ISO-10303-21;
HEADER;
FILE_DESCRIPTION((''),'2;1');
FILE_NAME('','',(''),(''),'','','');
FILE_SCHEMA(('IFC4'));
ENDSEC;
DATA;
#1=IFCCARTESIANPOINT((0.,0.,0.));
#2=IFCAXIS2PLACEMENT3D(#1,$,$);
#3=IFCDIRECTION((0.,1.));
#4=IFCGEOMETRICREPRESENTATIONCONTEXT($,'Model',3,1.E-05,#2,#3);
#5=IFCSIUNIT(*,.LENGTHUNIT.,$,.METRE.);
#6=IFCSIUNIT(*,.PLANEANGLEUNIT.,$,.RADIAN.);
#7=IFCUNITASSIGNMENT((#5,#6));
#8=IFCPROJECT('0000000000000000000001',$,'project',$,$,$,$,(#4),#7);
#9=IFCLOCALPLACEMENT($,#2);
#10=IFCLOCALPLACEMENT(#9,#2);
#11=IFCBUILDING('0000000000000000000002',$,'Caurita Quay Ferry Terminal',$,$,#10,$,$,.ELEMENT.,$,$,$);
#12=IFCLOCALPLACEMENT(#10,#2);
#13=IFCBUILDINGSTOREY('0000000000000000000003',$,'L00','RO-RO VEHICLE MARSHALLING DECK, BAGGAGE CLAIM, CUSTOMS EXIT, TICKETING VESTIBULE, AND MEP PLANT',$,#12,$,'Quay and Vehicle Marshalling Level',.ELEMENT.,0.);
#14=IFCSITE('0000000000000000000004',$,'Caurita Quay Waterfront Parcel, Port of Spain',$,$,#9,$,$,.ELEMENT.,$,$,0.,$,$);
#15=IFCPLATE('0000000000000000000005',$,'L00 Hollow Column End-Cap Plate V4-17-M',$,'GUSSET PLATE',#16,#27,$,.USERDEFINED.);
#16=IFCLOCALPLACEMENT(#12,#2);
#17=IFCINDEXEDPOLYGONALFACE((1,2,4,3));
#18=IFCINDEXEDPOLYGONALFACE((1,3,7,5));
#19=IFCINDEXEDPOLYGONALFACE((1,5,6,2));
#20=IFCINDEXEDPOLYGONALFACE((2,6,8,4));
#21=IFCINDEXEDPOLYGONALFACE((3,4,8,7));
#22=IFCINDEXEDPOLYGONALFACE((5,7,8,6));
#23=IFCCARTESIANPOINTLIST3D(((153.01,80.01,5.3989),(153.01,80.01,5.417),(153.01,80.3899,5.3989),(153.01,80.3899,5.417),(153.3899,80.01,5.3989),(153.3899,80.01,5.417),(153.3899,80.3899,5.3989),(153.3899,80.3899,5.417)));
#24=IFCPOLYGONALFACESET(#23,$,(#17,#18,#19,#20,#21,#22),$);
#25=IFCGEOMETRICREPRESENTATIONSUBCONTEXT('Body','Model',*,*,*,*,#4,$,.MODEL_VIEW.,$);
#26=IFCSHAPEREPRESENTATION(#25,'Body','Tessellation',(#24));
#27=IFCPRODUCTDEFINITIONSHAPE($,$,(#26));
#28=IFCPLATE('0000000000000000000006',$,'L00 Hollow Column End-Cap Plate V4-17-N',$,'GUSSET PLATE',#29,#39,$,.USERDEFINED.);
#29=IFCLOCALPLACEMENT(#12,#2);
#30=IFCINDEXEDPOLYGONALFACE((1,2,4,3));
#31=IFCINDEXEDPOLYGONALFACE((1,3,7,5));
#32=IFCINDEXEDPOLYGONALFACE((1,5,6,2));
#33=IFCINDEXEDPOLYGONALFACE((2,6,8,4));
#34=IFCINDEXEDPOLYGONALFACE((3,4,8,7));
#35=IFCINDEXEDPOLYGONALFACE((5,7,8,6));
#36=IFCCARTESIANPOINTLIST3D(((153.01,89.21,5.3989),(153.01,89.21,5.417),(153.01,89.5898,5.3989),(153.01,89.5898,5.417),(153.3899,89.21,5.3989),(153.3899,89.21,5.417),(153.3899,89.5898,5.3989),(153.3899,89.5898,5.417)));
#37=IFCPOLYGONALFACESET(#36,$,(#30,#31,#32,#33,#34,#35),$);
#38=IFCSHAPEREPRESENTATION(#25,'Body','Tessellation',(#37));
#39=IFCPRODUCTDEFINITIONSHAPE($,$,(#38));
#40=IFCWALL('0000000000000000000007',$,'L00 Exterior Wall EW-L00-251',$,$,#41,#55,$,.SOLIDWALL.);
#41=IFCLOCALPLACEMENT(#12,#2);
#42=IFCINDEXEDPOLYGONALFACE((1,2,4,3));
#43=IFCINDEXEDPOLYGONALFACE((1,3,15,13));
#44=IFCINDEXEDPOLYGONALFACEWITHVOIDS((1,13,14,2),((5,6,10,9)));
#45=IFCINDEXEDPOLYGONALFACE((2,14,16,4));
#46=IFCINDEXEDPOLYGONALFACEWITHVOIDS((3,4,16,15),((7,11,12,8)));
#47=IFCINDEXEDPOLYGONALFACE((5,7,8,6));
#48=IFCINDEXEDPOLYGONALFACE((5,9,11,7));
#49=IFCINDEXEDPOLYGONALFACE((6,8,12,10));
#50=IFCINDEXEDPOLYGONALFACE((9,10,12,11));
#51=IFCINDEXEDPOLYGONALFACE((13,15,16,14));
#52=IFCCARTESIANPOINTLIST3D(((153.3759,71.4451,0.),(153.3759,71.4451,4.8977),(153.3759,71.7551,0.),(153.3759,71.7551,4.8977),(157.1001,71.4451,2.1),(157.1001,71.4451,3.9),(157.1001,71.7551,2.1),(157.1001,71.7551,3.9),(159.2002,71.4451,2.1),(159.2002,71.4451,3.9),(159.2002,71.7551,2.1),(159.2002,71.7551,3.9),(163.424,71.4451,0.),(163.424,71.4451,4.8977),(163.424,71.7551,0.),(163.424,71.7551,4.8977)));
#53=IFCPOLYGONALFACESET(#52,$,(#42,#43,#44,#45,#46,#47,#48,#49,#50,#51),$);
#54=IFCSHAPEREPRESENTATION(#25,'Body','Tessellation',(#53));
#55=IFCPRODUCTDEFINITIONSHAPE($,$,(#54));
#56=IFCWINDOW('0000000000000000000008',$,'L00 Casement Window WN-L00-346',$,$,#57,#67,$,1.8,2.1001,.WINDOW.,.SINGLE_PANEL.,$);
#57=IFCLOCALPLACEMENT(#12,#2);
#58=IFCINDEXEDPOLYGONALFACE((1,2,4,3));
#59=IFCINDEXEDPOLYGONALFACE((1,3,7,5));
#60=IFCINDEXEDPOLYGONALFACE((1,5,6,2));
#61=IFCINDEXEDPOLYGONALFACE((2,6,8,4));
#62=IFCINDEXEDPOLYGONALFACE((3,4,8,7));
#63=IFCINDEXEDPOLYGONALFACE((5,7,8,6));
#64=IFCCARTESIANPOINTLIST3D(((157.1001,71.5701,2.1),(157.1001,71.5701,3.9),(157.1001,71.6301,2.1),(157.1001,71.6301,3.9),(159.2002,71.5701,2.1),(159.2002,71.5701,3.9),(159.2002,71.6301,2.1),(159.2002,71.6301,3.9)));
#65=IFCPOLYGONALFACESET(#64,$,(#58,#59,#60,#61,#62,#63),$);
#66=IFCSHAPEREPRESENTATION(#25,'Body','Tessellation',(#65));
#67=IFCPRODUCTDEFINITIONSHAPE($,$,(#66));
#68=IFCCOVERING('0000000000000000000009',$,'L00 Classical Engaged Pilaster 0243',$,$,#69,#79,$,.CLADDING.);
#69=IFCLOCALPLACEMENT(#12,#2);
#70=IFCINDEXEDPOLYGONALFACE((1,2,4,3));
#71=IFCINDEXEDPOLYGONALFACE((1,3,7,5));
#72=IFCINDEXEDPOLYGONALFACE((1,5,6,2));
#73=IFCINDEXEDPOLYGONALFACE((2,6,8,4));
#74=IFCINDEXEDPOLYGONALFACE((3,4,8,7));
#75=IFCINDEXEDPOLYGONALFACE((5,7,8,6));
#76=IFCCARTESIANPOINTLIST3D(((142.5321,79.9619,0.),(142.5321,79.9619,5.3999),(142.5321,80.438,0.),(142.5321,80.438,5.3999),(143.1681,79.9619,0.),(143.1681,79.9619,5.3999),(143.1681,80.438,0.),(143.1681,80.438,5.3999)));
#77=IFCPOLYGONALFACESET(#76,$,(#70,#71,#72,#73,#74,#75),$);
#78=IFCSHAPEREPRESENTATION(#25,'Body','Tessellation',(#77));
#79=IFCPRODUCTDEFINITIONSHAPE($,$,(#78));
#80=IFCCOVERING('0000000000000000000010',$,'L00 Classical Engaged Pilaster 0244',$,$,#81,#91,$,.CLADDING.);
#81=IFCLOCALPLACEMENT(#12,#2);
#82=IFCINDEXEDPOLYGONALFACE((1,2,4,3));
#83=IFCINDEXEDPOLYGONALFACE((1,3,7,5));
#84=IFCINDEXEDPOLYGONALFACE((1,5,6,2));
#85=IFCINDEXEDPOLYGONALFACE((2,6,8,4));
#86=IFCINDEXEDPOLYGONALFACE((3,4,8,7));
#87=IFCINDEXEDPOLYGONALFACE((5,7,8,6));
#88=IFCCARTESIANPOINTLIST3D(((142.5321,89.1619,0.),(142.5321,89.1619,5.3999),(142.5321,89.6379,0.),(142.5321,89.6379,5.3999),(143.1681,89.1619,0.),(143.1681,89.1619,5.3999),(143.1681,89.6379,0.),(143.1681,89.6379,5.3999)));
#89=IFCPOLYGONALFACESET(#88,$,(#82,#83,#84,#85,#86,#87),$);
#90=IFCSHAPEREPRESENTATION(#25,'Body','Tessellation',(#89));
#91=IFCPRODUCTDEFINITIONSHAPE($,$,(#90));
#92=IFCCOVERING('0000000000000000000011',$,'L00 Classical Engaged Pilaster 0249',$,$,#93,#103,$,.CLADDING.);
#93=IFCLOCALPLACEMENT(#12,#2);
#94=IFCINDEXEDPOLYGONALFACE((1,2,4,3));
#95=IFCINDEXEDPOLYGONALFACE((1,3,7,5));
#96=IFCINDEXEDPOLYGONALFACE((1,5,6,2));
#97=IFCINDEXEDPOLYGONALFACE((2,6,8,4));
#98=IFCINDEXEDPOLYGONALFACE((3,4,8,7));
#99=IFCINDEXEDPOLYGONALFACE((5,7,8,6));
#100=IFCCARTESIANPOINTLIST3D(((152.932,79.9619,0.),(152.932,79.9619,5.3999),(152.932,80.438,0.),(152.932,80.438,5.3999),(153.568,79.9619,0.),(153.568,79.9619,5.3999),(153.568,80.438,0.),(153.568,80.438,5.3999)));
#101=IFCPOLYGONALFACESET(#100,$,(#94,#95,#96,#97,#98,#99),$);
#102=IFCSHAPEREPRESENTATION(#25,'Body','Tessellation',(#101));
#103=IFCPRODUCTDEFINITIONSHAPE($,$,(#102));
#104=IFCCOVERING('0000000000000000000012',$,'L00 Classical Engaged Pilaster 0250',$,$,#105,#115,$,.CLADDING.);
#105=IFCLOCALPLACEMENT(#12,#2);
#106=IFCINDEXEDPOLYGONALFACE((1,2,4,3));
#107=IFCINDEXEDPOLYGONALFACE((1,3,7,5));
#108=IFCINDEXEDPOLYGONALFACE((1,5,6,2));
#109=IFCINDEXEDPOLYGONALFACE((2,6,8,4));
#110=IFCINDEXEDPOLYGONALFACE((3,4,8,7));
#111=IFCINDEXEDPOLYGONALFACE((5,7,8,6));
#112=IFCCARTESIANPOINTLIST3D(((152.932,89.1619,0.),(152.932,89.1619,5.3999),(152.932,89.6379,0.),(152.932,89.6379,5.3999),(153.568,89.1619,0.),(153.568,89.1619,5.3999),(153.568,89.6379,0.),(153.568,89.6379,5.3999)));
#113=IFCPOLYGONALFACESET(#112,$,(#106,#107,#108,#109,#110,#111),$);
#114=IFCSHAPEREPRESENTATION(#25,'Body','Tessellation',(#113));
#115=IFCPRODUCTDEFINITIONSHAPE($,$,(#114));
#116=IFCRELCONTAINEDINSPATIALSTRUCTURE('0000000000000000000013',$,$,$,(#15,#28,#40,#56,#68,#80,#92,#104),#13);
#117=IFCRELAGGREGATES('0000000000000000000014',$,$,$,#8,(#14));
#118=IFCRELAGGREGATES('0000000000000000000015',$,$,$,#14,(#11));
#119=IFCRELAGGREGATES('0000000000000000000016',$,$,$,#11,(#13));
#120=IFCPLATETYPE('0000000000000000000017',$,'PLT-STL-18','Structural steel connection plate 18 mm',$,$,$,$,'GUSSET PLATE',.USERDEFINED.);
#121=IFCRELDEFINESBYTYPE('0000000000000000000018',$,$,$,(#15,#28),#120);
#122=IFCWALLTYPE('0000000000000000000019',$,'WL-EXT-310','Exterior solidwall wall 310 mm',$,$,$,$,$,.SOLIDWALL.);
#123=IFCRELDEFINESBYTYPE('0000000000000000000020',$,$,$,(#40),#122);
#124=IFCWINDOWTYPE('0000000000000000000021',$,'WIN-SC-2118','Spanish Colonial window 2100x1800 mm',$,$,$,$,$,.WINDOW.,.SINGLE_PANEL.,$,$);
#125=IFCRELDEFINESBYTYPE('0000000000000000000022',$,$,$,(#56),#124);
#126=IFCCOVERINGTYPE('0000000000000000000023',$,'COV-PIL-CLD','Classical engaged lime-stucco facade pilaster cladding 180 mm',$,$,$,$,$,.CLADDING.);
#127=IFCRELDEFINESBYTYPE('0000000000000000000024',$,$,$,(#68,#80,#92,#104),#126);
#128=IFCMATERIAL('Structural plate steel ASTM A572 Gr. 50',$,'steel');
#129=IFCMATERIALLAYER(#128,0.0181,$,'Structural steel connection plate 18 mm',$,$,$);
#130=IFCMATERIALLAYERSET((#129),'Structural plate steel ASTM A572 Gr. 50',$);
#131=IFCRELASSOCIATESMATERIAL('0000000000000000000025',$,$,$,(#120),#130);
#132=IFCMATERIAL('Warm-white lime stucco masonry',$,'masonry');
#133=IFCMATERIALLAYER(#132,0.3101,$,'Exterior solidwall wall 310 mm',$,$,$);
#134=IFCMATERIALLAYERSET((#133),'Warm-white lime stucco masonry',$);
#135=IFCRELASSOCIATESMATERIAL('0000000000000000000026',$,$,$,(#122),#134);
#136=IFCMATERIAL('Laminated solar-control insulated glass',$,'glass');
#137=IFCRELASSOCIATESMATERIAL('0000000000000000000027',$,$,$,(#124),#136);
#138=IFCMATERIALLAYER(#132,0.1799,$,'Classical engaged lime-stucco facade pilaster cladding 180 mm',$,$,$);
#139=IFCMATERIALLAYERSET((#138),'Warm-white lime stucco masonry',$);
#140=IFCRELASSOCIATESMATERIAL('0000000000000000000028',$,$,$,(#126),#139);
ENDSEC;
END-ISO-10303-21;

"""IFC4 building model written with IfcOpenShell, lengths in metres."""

from ifc_helpers import new_model, si_unit, direction, frame, frame_2d, origin, origin_2d, place, context, subcontext, project, spatial, rectangle, extrude, material, layer, layer_set, type_object, element, fill, save


model = new_model("IFC4")

# Units and contexts
model_context = context("Model", 3, precision=1e-05, world=origin(), true_north=direction((0.0, 1.0)))
body_context = subcontext(model_context, "Body", "Model", "MODEL_VIEW")
ifc_project = project(units=[si_unit("LENGTHUNIT", "METRE"), si_unit("PLANEANGLEUNIT", "RADIAN")], contexts=[model_context])

# Site, building, storey
site_placement = place(None, origin())
site = spatial("IfcSite", under=ifc_project, at=site_placement, Name="Caurita Quay Waterfront Parcel, Port of Spain", CompositionType="ELEMENT", RefElevation=0.0)
building_placement = place(site_placement, origin())
building = spatial("IfcBuilding", under=site, at=building_placement, Name="Caurita Quay Ferry Terminal", CompositionType="ELEMENT")
storey_placement = place(building_placement, origin())
storey = spatial("IfcBuildingStorey", under=building, at=storey_placement, Name="L00", Description="RO-RO VEHICLE MARSHALLING DECK, BAGGAGE CLAIM, CUSTOMS EXIT, TICKETING VESTIBULE, AND MEP PLANT", LongName="Quay and Vehicle Marshalling Level", CompositionType="ELEMENT", Elevation=0.0)

# Plates
ifc_material_1 = material(Name="Structural plate steel ASTM A572 Gr. 50", Category="steel")
ifc_layer_1 = layer(ifc_material_1, 0.0181, Name="Structural steel connection plate 18 mm")
ifc_layer_set_1 = layer_set([ifc_layer_1], Name="Structural plate steel ASTM A572 Gr. 50")
plate_type = type_object("IfcPlateType", Name="PLT-STL-18", Description="Structural steel connection plate 18 mm", ElementType="GUSSET PLATE", PredefinedType="USERDEFINED", material=ifc_layer_set_1)
for number, where, z_axis, x_axis, name in (
    (1, (153.2, 80.2, 5.3989), (0.0, 0.0, 1.0), (1.0, 0.0, 0.0), "L00 Hollow Column End-Cap Plate V4-17-M"),
    (2, (153.2, 89.3999, 5.3989), (0.0, 0.0, 1.0), (1.0, 0.0, 0.0), "L00 Hollow Column End-Cap Plate V4-17-N"),
):
    element("IfcPlate", number, at=place(storey_placement, frame(where, z_axis=z_axis, x_axis=x_axis)), inside=storey, type_object=plate_type, Name=name, ObjectType="GUSSET PLATE", PredefinedType="USERDEFINED", context=body_context, shape_type="SweptSolid", body=[
        extrude(rectangle(XDim=0.3799, YDim=0.3799, at=origin_2d()), origin(), (0.0, 0.0, 1.0), 0.0181),
    ])

# Wall, opening, window
ifc_material_2 = material(Name="Warm-white lime stucco masonry", Category="masonry")
ifc_layer_2 = layer(ifc_material_2, 0.3101, Name="Exterior solidwall wall 310 mm")
ifc_layer_set_2 = layer_set([ifc_layer_2], Name="Warm-white lime stucco masonry")
wall_type = type_object("IfcWallType", Name="WL-EXT-310", Description="Exterior solidwall wall 310 mm", PredefinedType="SOLIDWALL", material=ifc_layer_set_2)
wall_placement = place(storey_placement, frame((153.376, 71.6001, 0.0), z_axis=(0.0, 0.0, 1.0), x_axis=(1.0, 0.0, 0.0)))
wall = element("IfcWall", 3, at=wall_placement, inside=storey, type_object=wall_type, Name="L00 Exterior Wall EW-L00-251", PredefinedType="SOLIDWALL", context=body_context, shape_type="SweptSolid", body=[
    extrude(rectangle(XDim=10.0481, YDim=0.3101, at=frame_2d((5.0239, 0.0))), origin(), (0.0, 0.0, 1.0), 4.8977),
])
opening_placement = place(wall_placement, frame((3.7241, 0.0, 2.1001)))
opening = element("IfcOpeningElement", 4, at=opening_placement, cuts=wall, PredefinedType="OPENING", context=body_context, shape_type="SweptSolid", body=[
    extrude(rectangle(XDim=2.1001, YDim=1.8, at=frame_2d((1.05, 0.8999))), frame((0.0, 0.165, 0.0), z_axis=(0.0, -1.0, 0.0), x_axis=(1.0, 0.0, 0.0)), (0.0, 0.0, 1.0), 0.3301),
])
ifc_material_3 = material(Name="Laminated solar-control insulated glass", Category="glass")
window_type = type_object("IfcWindowType", Name="WIN-SC-2118", Description="Spanish Colonial window 2100x1800 mm", PartitioningType="SINGLE_PANEL", PredefinedType="WINDOW", material=ifc_material_3)
window_placement = place(opening_placement, origin())
window = element("IfcWindow", 5, at=window_placement, inside=storey, type_object=window_type, Name="L00 Casement Window WN-L00-346", OverallHeight=1.8, OverallWidth=2.1001, PartitioningType="SINGLE_PANEL", PredefinedType="WINDOW", context=body_context, shape_type="SweptSolid", body=[
    extrude(rectangle(XDim=2.1001, YDim=1.8, at=frame_2d((1.05, 0.8999))), frame((0.0, 0.03, 0.0), z_axis=(0.0, -1.0, 0.0), x_axis=(1.0, 0.0, 0.0)), (0.0, 0.0, 1.0), 0.0601),
])
fill(opening, window)

# Coverings
ifc_layer_3 = layer(ifc_material_2, 0.1799, Name="Classical engaged lime-stucco facade pilaster cladding 180 mm")
ifc_layer_set_3 = layer_set([ifc_layer_3], Name="Warm-white lime stucco masonry")
covering_type = type_object("IfcCoveringType", Name="COV-PIL-CLD", Description="Classical engaged lime-stucco facade pilaster cladding 180 mm", PredefinedType="CLADDING", material=ifc_layer_set_3)
for number, where, z_axis, x_axis, name in (
    (6, (142.8501, 80.2, 0.0), (0.0, 0.0, 1.0), (1.0, 0.0, 0.0), "L00 Classical Engaged Pilaster 0243"),
    (7, (142.8501, 89.3999, 0.0), (0.0, 0.0, 1.0), (1.0, 0.0, 0.0), "L00 Classical Engaged Pilaster 0244"),
    (8, (153.25, 80.2, 0.0), (0.0, 0.0, 1.0), (1.0, 0.0, 0.0), "L00 Classical Engaged Pilaster 0249"),
    (9, (153.25, 89.3999, 0.0), (0.0, 0.0, 1.0), (1.0, 0.0, 0.0), "L00 Classical Engaged Pilaster 0250"),
):
    element("IfcCovering", number, at=place(storey_placement, frame(where, z_axis=z_axis, x_axis=x_axis)), inside=storey, type_object=covering_type, Name=name, PredefinedType="CLADDING", context=body_context, shape_type="SweptSolid", body=[
        extrude(rectangle(XDim=0.636, YDim=0.4761, at=origin_2d()), origin(), (0.0, 0.0, 1.0), 5.3999),
    ])

save(model, "model.ifc")
